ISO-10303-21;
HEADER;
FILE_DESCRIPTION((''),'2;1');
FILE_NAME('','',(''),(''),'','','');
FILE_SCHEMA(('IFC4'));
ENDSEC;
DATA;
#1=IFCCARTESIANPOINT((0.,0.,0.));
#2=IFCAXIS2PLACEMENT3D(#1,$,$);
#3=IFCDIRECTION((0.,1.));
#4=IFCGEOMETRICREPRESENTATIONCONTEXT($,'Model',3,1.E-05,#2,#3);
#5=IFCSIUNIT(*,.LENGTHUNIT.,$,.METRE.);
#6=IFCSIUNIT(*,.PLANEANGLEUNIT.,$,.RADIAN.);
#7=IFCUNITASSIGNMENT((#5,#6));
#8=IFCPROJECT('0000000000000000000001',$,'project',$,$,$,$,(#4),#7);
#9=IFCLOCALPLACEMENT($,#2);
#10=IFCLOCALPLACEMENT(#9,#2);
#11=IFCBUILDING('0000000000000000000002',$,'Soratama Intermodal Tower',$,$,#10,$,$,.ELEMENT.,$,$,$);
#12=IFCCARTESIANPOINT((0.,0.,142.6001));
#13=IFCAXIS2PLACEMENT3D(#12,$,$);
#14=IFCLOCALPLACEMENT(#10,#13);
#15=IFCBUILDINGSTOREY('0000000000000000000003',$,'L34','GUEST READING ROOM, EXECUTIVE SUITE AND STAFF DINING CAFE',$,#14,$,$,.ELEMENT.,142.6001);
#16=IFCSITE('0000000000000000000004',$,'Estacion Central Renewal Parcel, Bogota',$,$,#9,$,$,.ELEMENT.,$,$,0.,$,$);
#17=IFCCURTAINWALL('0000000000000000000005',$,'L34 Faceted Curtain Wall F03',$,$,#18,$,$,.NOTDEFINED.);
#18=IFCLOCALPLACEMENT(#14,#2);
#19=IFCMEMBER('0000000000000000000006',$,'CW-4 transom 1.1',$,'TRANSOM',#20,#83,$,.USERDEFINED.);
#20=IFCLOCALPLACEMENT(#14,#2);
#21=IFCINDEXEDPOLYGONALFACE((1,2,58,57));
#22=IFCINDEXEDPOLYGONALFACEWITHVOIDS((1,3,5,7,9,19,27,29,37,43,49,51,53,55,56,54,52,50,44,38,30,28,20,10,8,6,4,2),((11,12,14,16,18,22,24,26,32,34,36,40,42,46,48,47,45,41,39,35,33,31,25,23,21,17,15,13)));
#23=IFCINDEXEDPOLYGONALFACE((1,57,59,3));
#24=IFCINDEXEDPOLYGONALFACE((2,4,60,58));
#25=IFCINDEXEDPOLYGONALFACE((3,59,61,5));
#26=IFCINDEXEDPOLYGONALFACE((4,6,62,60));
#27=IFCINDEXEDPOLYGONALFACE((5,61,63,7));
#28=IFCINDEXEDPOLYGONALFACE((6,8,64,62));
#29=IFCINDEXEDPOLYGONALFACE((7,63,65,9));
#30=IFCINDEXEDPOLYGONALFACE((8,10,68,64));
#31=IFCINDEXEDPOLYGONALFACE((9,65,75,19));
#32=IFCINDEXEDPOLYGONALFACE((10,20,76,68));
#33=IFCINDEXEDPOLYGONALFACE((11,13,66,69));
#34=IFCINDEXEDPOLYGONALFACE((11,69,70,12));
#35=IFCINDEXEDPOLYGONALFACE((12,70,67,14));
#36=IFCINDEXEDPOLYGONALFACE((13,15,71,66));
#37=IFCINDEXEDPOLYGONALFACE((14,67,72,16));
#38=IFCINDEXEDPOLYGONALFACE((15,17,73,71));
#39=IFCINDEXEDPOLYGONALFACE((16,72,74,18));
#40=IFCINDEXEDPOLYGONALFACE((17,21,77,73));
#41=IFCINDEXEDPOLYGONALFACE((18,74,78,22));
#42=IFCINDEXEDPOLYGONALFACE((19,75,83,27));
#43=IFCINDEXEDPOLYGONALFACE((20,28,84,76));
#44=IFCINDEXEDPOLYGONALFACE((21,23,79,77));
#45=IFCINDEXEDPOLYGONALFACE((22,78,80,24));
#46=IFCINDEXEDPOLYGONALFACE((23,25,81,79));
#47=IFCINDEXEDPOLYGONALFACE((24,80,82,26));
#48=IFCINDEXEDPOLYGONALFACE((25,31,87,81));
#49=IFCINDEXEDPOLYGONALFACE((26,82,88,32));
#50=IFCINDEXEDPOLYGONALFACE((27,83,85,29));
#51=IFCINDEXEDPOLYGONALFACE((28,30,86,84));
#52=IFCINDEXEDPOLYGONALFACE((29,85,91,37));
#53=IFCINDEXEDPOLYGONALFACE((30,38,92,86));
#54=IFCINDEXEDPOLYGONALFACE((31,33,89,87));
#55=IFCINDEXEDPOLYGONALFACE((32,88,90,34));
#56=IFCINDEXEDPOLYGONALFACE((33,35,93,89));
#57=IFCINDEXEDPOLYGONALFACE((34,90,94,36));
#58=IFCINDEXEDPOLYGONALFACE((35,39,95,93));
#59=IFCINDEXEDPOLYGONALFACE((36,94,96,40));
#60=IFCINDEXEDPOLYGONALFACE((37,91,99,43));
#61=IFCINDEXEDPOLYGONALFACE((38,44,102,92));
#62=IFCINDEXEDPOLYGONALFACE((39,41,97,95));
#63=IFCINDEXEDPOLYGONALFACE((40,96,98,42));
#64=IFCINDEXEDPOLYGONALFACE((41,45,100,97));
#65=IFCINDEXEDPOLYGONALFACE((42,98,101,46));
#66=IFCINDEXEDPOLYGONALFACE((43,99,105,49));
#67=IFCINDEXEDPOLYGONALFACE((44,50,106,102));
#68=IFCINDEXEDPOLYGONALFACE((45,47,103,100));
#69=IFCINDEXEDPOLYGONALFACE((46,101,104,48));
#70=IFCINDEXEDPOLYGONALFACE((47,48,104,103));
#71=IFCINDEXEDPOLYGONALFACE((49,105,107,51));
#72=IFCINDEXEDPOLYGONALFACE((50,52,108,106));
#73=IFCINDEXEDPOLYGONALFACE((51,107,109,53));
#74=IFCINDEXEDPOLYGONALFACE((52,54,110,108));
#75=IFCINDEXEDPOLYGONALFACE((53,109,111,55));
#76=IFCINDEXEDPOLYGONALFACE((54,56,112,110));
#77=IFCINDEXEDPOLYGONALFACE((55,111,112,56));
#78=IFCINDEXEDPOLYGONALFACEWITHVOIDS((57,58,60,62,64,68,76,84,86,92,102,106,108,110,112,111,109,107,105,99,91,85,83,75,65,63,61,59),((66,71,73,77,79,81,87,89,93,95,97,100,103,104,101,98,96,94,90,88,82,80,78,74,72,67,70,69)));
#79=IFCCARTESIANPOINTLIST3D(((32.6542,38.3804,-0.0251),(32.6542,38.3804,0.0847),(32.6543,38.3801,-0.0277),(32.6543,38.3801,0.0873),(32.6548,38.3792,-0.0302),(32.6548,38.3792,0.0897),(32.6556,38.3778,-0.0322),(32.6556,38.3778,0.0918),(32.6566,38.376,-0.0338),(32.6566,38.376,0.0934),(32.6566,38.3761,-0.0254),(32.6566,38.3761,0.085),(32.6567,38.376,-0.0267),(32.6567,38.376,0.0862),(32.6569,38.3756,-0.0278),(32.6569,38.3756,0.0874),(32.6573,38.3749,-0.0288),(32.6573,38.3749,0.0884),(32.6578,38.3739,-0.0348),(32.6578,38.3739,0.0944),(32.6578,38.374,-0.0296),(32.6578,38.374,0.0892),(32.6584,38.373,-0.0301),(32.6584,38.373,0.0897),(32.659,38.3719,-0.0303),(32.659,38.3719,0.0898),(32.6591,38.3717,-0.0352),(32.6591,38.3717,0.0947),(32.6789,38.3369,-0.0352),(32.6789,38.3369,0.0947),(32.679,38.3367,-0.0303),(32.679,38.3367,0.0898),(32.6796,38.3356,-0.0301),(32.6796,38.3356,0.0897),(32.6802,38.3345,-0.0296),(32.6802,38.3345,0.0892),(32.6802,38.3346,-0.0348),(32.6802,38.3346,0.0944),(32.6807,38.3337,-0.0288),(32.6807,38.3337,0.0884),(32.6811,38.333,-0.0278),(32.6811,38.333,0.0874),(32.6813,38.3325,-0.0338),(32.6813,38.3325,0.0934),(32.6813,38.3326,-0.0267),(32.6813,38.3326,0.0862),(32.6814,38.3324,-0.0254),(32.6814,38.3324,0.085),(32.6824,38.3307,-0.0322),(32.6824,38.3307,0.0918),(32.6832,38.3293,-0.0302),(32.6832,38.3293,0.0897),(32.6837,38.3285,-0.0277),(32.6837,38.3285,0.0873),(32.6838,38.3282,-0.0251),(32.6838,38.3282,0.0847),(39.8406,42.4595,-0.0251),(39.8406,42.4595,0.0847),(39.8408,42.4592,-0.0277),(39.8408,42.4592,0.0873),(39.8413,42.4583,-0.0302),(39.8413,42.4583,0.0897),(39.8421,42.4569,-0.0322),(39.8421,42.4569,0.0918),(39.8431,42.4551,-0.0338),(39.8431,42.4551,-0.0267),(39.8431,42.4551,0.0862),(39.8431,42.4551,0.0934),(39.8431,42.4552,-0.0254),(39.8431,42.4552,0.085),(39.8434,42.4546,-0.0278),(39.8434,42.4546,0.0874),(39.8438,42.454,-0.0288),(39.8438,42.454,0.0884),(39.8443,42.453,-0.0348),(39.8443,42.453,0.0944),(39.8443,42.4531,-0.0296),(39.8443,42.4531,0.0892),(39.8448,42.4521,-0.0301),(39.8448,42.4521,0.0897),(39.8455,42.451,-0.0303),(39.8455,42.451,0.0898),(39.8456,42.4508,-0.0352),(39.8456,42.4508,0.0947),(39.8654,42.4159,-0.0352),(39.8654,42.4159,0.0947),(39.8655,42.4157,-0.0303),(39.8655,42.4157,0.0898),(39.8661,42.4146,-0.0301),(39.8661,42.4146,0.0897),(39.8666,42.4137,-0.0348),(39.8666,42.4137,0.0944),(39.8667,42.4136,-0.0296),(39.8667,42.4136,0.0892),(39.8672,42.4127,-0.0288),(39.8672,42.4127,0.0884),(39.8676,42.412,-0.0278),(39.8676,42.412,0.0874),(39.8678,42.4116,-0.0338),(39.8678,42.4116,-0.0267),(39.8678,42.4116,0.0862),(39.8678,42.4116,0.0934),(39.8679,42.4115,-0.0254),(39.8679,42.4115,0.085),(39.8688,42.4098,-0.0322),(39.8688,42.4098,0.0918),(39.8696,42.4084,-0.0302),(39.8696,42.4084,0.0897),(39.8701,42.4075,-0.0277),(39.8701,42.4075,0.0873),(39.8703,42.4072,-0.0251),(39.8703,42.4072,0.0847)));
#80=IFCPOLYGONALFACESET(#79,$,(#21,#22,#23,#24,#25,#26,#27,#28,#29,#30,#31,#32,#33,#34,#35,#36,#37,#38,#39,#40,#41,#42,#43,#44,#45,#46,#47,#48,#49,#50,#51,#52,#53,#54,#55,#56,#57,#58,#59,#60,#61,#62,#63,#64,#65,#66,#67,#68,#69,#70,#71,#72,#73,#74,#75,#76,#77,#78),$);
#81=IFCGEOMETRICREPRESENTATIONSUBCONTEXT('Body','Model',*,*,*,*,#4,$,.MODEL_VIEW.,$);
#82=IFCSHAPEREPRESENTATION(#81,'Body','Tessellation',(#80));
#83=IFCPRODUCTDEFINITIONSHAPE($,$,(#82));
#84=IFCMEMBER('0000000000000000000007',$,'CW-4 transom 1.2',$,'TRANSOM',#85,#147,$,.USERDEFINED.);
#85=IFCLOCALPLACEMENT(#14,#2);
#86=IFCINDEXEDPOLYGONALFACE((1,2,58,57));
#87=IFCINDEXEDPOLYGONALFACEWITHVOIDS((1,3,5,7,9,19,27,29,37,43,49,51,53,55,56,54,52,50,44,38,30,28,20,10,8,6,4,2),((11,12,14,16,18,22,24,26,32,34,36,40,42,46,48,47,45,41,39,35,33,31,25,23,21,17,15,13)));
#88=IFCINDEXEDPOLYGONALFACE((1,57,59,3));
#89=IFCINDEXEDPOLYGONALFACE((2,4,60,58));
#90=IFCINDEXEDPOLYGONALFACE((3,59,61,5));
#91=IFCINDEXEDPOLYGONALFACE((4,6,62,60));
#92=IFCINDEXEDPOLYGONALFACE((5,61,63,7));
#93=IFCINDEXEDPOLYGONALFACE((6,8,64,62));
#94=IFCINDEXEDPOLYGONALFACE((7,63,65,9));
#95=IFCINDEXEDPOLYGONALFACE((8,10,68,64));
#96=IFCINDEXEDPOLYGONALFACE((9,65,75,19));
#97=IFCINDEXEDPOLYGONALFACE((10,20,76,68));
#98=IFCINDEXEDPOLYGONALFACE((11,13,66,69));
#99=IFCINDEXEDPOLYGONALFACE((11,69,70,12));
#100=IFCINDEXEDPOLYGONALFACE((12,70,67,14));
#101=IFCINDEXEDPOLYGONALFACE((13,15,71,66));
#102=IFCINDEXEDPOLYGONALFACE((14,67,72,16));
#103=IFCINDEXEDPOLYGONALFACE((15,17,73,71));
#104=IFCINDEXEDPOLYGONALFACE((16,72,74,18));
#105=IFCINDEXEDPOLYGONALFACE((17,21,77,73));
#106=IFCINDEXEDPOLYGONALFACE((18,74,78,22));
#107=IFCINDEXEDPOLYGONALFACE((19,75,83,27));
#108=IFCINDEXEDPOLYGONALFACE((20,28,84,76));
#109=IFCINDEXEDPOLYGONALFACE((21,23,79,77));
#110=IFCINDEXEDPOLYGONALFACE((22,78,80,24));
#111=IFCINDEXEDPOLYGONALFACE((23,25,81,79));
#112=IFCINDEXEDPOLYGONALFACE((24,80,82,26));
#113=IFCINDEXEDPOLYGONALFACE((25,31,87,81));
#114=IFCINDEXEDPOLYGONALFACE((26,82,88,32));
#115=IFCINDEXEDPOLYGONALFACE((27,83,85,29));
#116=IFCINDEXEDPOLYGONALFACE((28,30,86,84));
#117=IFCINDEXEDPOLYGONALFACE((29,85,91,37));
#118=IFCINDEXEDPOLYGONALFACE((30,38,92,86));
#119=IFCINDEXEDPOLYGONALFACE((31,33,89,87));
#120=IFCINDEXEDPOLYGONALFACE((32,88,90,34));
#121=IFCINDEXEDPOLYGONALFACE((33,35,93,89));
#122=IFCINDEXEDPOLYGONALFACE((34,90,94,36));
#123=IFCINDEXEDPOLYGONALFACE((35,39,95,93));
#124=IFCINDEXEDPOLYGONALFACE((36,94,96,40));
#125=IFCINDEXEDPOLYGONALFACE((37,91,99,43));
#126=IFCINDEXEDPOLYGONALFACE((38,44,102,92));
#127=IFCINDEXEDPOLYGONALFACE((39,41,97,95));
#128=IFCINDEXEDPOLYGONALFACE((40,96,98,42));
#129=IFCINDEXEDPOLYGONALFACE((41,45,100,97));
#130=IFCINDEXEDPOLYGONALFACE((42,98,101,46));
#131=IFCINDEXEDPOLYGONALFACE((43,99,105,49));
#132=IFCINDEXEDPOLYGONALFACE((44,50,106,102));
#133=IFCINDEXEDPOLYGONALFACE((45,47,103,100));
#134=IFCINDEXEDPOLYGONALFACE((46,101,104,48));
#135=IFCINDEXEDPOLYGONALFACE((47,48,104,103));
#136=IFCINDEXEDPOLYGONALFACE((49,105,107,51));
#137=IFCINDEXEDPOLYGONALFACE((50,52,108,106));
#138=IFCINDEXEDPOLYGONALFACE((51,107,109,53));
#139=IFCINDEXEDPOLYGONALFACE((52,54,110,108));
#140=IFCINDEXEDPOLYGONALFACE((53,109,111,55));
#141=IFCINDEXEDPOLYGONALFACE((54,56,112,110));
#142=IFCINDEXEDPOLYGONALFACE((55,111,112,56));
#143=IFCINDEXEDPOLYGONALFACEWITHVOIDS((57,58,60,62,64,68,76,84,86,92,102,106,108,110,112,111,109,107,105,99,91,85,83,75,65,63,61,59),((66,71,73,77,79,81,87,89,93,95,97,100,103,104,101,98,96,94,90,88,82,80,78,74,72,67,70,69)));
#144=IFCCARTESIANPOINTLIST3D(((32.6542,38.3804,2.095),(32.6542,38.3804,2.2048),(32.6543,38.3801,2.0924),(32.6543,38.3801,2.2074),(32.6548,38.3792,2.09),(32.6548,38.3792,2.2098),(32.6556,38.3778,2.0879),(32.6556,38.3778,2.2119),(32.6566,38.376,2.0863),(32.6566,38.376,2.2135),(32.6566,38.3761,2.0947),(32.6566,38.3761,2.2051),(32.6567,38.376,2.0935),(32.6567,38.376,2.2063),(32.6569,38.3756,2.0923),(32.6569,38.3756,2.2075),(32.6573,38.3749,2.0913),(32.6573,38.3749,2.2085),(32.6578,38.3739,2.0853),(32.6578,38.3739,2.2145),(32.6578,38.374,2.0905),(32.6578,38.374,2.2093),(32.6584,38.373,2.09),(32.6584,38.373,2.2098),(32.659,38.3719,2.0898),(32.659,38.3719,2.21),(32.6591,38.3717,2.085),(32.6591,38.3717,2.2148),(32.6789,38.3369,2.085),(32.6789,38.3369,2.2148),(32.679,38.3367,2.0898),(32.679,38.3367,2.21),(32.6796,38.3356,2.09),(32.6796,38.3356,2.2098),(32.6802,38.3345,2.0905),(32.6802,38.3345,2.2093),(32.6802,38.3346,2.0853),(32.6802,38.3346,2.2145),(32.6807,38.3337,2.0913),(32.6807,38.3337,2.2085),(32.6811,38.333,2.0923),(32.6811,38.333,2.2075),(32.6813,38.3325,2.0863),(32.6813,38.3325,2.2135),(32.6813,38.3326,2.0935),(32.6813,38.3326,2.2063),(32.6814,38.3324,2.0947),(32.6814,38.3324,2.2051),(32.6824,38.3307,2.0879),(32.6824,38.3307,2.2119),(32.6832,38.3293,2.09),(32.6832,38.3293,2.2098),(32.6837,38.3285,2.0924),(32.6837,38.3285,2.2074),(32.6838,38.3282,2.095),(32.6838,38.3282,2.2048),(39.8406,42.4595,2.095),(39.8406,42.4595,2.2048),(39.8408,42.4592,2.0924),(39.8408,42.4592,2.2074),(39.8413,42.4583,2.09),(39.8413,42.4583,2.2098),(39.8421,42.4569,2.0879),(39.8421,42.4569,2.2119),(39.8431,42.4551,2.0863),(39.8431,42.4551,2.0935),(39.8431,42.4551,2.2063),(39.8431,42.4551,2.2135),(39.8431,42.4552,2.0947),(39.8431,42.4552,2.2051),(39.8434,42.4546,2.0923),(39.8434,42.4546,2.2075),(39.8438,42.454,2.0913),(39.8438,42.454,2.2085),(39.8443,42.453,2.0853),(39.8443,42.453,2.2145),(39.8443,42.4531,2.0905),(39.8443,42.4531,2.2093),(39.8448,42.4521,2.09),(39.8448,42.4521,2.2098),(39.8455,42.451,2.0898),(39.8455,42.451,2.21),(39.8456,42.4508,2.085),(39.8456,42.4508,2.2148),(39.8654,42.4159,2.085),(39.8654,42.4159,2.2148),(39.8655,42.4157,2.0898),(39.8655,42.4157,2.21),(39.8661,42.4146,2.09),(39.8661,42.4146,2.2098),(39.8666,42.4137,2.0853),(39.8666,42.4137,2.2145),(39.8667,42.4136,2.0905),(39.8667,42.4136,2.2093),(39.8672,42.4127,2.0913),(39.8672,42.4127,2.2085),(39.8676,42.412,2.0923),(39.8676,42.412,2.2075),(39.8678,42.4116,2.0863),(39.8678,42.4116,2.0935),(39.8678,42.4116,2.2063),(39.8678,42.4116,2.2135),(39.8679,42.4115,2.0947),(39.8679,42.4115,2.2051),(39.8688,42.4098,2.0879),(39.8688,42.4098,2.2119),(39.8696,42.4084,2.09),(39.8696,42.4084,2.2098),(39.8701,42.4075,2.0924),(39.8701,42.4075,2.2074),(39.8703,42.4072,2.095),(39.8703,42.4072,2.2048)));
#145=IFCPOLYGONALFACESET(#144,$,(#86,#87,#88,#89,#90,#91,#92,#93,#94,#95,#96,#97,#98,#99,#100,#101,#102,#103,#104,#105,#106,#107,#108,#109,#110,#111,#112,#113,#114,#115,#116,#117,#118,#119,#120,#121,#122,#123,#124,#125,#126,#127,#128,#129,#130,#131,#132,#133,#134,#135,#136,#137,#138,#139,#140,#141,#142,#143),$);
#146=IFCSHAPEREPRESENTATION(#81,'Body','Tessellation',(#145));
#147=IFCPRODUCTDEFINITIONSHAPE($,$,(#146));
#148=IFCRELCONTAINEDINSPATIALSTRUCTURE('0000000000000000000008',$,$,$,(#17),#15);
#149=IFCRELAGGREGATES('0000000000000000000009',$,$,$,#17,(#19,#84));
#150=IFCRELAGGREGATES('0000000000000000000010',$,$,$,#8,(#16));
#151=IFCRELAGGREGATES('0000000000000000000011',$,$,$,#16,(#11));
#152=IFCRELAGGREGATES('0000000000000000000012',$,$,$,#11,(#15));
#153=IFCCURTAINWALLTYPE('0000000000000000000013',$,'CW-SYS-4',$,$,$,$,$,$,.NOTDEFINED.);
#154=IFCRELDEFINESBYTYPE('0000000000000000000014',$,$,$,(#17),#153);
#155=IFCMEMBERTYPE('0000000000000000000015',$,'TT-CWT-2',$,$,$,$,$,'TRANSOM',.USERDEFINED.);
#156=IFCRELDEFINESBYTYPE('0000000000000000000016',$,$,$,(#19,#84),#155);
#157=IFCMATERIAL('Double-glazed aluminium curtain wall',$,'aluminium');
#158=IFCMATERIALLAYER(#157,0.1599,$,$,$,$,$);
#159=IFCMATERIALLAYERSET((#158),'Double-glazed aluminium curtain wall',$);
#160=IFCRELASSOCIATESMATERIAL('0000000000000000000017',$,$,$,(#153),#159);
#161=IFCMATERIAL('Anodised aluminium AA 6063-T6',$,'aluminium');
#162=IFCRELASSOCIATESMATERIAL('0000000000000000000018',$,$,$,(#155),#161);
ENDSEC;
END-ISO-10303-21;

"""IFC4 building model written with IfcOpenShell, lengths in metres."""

from ifc_helpers import new_model, si_unit, direction, frame, origin, origin_2d, place, context, subcontext, project, spatial, hollow_rectangle, extrude, material, layer, layer_set, material_profile, profile_set, type_object, element, aggregate, save


model = new_model("IFC4")

# Units and contexts
model_context = context("Model", 3, precision=1e-05, world=origin(), true_north=direction((0.0, 1.0)))
body_context = subcontext(model_context, "Body", "Model", "MODEL_VIEW")
ifc_project = project(units=[si_unit("LENGTHUNIT", "METRE"), si_unit("PLANEANGLEUNIT", "RADIAN")], contexts=[model_context])

# Site, building, storey
site_placement = place(None, origin())
site = spatial("IfcSite", under=ifc_project, at=site_placement, Name="Estacion Central Renewal Parcel, Bogota", CompositionType="ELEMENT", RefElevation=0.0)
building_placement = place(site_placement, origin())
building = spatial("IfcBuilding", under=site, at=building_placement, Name="Soratama Intermodal Tower", CompositionType="ELEMENT")
storey_placement = place(building_placement, frame((0.0, 0.0, 142.6001)))
storey = spatial("IfcBuildingStorey", under=building, at=storey_placement, Name="L34", Description="GUEST READING ROOM, EXECUTIVE SUITE AND STAFF DINING CAFE", CompositionType="ELEMENT", Elevation=142.6001)

# Curtain wall
ifc_material_1 = material(Name="Double-glazed aluminium curtain wall", Category="aluminium")
ifc_layer_1 = layer(ifc_material_1, 0.1599)
ifc_layer_set_1 = layer_set([ifc_layer_1], Name="Double-glazed aluminium curtain wall")
curtain_wall_type = type_object("IfcCurtainWallType", Name="CW-SYS-4", PredefinedType="NOTDEFINED", material=ifc_layer_set_1)
curtain_wall_1_placement = place(storey_placement, origin())
curtain_wall_1 = element("IfcCurtainWall", 1, at=curtain_wall_1_placement, inside=storey, type_object=curtain_wall_type, Name="L34 Faceted Curtain Wall F03", PredefinedType="NOTDEFINED")

# Members
ifc_material_2 = material(Name="Anodised aluminium AA 6063-T6", Category="aluminium")
ifc_material_profile_1 = material_profile(ifc_material_2, hollow_rectangle(XDim=0.0601, YDim=0.1299, WallThickness=0.0049, InnerFilletRadius=0.0049, OuterFilletRadius=0.01, at=origin_2d()), Name="CWT130X60X5")
ifc_profile_set_1 = profile_set([ifc_material_profile_1], Name="Anodised aluminium AA 6063-T6")
member_type_1 = type_object("IfcMemberType", Name="TT-CWT-2", ElementType="TRANSOM", PredefinedType="USERDEFINED", material=ifc_profile_set_1)
member_1_placement = place(storey_placement, frame((39.8555, 42.4333, 0.0298), z_axis=(-0.869672, -0.49363, 0.0), x_axis=(0.49363, -0.869672, 0.0)))
member_1 = element("IfcMember", 2, at=member_1_placement, type_object=member_type_1, Name="CW-4 transom 1.1", ObjectType="TRANSOM", PredefinedType="USERDEFINED", context=body_context, shape_type="SweptSolid", body=[
    extrude(hollow_rectangle(XDim=0.0601, YDim=0.1299, WallThickness=0.0049, InnerFilletRadius=0.0049, OuterFilletRadius=0.01, at=origin_2d()), origin(), (0.0, 0.0, 1.0), 8.2634),
])
member_2_placement = place(storey_placement, frame((39.8555, 42.4333, 2.1499), z_axis=(-0.869672, -0.49363, 0.0), x_axis=(0.49363, -0.869672, 0.0)))
member_2 = element("IfcMember", 3, at=member_2_placement, type_object=member_type_1, Name="CW-4 transom 1.2", ObjectType="TRANSOM", PredefinedType="USERDEFINED", context=body_context, shape_type="SweptSolid", body=[
    extrude(hollow_rectangle(XDim=0.0601, YDim=0.1299, WallThickness=0.0049, InnerFilletRadius=0.0049, OuterFilletRadius=0.01, at=origin_2d()), origin(), (0.0, 0.0, 1.0), 8.2634),
])

aggregate(curtain_wall_1, [member_1, member_2])

save(model, "model.ifc")
